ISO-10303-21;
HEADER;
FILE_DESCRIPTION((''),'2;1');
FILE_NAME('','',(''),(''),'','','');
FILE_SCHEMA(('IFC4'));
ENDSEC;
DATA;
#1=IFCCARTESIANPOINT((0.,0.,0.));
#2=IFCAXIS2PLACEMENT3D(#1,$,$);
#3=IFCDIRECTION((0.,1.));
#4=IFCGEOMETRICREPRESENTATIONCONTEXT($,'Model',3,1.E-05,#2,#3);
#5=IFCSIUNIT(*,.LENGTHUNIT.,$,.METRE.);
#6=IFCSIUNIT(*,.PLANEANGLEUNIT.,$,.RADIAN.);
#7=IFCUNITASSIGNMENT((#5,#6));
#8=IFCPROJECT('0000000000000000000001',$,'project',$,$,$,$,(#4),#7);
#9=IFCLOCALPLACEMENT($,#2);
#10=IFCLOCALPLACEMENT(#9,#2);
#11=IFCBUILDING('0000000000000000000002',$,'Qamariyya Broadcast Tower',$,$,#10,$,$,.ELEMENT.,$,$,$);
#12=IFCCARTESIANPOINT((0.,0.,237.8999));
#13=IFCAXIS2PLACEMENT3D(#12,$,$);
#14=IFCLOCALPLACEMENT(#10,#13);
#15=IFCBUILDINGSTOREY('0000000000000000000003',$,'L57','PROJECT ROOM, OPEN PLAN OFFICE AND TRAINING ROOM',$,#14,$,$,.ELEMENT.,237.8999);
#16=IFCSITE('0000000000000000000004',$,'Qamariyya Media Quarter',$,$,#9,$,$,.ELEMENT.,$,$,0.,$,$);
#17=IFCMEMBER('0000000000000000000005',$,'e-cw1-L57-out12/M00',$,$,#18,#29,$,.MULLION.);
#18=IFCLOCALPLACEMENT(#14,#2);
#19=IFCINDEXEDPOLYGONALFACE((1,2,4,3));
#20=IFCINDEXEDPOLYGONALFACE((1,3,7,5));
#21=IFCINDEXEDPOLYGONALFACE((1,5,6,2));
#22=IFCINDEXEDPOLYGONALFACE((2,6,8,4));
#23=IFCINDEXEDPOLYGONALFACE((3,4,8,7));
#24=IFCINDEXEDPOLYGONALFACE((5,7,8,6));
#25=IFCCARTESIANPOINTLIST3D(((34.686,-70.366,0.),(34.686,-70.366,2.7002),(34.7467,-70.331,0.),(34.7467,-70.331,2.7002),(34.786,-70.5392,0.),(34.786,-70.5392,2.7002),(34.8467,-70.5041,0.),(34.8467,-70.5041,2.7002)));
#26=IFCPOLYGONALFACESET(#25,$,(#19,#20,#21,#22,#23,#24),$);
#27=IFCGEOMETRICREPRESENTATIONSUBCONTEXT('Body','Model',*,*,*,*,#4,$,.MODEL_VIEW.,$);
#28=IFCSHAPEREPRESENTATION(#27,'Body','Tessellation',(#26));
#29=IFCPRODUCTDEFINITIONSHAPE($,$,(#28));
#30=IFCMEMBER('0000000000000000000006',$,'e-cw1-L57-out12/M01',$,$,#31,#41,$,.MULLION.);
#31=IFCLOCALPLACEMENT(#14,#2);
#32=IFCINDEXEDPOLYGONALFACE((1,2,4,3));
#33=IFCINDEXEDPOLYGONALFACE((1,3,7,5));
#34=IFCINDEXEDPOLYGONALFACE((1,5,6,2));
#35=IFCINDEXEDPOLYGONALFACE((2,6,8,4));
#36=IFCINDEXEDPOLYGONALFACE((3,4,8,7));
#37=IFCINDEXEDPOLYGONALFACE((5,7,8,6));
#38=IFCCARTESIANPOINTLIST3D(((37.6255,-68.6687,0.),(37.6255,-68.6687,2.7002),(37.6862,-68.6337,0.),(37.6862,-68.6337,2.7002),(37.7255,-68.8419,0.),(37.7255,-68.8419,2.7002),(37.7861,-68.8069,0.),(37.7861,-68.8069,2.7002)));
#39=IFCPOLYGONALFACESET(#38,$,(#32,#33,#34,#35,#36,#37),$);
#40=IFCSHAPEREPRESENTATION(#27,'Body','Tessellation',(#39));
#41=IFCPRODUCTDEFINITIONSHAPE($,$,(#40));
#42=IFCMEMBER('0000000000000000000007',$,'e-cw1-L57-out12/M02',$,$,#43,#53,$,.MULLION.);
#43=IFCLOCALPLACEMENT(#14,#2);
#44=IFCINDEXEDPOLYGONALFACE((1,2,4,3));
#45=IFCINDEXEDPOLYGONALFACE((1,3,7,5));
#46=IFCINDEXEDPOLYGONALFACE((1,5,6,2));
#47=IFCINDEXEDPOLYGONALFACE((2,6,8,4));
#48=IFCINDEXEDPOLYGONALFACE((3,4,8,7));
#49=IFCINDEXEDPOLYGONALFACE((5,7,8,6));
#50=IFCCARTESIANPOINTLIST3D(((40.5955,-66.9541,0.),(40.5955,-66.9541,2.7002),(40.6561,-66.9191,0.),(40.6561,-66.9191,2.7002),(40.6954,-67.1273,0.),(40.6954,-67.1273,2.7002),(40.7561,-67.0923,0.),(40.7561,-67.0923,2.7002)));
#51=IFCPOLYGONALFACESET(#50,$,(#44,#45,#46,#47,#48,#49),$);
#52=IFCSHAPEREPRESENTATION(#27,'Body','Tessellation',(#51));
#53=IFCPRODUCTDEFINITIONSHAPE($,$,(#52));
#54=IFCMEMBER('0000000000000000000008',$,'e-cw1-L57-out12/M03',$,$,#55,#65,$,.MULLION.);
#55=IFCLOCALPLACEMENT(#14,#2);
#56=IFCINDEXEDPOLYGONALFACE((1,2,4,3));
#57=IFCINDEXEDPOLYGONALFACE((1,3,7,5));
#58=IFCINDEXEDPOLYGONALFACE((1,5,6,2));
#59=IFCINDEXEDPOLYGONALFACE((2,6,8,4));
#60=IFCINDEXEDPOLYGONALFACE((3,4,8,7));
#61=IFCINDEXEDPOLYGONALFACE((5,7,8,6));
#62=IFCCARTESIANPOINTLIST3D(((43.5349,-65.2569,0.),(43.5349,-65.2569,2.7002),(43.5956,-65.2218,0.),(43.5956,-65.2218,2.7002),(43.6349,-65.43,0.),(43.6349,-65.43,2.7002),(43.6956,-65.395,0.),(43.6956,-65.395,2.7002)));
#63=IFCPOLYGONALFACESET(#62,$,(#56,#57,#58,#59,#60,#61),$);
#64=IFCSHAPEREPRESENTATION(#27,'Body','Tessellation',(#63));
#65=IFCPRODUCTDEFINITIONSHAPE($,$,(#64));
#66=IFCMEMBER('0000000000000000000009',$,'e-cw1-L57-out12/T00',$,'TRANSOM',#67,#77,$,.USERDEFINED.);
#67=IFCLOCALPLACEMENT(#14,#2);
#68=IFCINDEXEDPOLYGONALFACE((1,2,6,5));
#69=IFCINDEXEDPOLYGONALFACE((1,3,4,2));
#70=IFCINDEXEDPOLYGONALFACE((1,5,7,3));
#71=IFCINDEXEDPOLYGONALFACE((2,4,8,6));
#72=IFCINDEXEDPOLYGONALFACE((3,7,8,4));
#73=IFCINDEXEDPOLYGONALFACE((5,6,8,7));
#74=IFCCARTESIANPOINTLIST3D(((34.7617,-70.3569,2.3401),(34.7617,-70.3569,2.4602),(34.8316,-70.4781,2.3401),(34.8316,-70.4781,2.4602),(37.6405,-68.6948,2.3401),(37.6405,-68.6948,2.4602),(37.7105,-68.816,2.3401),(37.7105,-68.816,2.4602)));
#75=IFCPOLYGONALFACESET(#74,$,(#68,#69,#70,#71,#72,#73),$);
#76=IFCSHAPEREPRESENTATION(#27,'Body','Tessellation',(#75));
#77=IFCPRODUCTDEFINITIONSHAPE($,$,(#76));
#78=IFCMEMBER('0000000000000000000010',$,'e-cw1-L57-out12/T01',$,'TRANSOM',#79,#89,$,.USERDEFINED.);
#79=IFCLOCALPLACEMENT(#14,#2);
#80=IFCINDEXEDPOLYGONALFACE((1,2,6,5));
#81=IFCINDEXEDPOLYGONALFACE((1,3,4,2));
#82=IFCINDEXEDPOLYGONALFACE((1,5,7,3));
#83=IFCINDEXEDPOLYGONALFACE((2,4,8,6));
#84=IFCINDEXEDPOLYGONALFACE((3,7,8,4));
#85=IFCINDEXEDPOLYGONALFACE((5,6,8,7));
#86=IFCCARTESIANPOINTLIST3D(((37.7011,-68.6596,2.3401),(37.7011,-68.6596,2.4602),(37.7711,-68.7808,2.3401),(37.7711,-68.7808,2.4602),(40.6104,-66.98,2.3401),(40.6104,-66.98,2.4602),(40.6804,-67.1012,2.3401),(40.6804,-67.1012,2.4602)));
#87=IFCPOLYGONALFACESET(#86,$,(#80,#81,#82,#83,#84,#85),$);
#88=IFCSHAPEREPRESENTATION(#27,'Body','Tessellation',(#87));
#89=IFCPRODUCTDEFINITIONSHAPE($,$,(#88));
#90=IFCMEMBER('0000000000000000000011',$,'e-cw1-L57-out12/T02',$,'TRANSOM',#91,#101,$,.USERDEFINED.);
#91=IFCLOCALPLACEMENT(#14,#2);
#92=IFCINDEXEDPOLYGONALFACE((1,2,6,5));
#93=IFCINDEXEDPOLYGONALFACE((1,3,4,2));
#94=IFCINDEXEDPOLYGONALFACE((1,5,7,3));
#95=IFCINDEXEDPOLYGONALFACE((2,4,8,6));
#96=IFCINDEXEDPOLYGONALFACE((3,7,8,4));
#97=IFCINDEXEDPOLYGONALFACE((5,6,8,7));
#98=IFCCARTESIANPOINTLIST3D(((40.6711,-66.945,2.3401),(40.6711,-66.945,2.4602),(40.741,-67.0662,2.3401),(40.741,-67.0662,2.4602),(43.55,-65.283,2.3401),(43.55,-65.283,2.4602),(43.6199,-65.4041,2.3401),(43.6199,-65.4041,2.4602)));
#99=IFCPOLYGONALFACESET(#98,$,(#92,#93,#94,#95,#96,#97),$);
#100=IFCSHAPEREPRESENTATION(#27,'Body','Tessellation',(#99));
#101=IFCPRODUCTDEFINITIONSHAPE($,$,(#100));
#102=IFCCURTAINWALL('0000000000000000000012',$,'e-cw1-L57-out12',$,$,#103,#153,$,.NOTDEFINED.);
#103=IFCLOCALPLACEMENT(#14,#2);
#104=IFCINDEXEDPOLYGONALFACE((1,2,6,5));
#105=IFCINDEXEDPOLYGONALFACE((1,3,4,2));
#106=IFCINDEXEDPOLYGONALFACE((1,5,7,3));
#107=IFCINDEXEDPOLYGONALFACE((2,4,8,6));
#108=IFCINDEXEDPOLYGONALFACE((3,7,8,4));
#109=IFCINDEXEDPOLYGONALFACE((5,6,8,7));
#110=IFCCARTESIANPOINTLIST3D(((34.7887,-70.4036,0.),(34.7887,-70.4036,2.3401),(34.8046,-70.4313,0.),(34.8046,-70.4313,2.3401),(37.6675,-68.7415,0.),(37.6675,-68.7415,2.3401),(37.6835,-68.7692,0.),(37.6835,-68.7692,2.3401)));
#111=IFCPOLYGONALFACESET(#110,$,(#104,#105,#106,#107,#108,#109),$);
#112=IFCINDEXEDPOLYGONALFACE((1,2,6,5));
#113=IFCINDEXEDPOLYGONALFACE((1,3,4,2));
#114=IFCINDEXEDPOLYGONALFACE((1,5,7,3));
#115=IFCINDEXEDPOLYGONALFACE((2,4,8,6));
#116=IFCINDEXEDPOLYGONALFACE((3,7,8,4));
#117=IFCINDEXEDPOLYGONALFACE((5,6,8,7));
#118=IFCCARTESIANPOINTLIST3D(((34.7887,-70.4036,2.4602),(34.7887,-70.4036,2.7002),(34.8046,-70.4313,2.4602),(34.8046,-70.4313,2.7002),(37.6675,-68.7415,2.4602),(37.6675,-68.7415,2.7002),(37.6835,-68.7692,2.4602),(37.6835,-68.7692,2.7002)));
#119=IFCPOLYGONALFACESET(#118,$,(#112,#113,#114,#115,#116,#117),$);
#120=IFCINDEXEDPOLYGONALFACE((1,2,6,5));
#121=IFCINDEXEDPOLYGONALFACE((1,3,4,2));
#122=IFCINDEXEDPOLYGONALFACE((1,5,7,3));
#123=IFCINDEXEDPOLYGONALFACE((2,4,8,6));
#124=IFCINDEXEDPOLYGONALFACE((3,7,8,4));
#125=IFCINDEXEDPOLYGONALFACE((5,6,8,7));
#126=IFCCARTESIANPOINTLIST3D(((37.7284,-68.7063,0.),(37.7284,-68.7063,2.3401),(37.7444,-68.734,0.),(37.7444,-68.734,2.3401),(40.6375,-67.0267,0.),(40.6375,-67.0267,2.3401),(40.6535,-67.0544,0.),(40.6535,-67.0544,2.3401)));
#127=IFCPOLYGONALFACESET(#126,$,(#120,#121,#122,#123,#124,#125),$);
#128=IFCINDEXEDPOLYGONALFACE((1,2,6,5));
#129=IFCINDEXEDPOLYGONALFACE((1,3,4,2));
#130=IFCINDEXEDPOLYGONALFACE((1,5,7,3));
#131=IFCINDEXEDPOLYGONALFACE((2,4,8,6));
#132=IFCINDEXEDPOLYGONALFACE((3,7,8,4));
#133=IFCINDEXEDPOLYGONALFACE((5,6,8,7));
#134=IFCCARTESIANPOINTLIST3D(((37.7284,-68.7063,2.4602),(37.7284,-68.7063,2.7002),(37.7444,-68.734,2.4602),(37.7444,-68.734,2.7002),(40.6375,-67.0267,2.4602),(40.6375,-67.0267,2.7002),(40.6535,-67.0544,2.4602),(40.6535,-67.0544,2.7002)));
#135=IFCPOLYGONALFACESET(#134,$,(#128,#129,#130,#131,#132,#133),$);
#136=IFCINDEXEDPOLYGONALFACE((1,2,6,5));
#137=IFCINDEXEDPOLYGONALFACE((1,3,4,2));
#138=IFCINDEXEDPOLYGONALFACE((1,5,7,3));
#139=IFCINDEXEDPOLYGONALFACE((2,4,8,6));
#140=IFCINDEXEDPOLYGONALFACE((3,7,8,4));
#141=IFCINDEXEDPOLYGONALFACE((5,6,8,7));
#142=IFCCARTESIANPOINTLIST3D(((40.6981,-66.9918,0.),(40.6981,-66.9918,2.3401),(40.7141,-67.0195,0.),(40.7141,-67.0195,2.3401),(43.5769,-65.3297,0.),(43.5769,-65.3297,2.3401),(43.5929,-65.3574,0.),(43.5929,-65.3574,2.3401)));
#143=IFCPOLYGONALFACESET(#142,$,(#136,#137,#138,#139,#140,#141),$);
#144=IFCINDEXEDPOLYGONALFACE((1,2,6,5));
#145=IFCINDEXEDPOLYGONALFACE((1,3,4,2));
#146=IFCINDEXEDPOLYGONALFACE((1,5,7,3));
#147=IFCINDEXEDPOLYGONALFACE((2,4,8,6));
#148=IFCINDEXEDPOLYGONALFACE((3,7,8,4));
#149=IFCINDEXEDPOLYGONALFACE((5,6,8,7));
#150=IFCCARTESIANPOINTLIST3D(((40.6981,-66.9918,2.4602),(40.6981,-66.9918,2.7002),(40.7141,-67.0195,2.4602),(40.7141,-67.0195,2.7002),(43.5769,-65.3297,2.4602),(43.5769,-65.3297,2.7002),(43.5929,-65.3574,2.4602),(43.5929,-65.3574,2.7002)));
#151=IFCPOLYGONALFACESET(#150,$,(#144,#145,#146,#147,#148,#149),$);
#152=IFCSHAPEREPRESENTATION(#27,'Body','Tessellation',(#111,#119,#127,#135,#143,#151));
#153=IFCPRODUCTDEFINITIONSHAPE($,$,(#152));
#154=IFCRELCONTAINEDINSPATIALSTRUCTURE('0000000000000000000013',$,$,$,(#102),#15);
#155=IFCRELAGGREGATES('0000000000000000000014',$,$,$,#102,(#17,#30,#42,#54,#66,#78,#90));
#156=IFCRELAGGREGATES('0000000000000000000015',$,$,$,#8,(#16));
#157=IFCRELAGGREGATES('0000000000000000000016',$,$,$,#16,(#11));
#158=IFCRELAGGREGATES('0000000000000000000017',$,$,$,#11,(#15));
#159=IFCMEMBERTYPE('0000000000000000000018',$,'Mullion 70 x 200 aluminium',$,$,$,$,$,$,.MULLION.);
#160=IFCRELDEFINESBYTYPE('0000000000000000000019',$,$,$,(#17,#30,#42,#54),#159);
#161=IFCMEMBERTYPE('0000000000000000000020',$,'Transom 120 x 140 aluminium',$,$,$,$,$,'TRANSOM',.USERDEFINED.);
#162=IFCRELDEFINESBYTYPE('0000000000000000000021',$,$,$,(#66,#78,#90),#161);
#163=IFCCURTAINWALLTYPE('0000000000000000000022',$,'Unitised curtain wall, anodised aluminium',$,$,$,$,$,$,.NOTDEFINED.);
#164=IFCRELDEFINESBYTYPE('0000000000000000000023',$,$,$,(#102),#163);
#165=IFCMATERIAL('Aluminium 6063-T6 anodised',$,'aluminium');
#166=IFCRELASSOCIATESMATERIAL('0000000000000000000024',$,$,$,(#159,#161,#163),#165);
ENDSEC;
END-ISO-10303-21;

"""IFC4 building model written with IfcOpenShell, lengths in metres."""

from ifc_helpers import new_model, si_unit, direction, frame, origin, origin_2d, place, context, subcontext, project, spatial, rectangle, extrude, material, material_profile, profile_set, type_object, element, aggregate, save


model = new_model("IFC4")

# Units and contexts
model_context = context("Model", 3, precision=1e-05, world=origin(), true_north=direction((0.0, 1.0)))
body_context = subcontext(model_context, "Body", "Model", "MODEL_VIEW")
ifc_project = project(units=[si_unit("LENGTHUNIT", "METRE"), si_unit("PLANEANGLEUNIT", "RADIAN")], contexts=[model_context])

# Members
ifc_material = material(Name="Aluminium 6063-T6 anodised", Category="aluminium")
ifc_material_profile_1 = material_profile(ifc_material, rectangle(XDim=0.2, YDim=0.0701, at=origin_2d()))
ifc_profile_set_1 = profile_set([ifc_material_profile_1], Name="Aluminium 6063-T6 anodised")
member_type_1 = type_object("IfcMemberType", Name="Mullion 70 x 200 aluminium", PredefinedType="MULLION", material=ifc_profile_set_1)
site_placement = place(None, origin())
building_placement = place(site_placement, origin())
storey_placement = place(building_placement, frame((0.0, 0.0, 237.8999)))
member_1_placement = place(storey_placement, frame((34.7664, -70.4351, 0.0), z_axis=(0.0, 0.0, 1.0), x_axis=(-0.5, 0.866025, 0.0)))
member_1 = element("IfcMember", 1, at=member_1_placement, type_object=member_type_1, Name="e-cw1-L57-out12/M00", PredefinedType="MULLION", context=body_context, shape_type="SweptSolid", body=[
    extrude(rectangle(XDim=0.2, YDim=0.0701, at=origin_2d()), origin(), (0.0, 0.0, 1.0), 2.7002),
])
member_2_placement = place(storey_placement, frame((37.7058, -68.7378, 0.0), z_axis=(0.0, 0.0, 1.0), x_axis=(-0.5, 0.866025, 0.0)))
member_2 = element("IfcMember", 2, at=member_2_placement, type_object=member_type_1, Name="e-cw1-L57-out12/M01", PredefinedType="MULLION", context=body_context, shape_type="SweptSolid", body=[
    extrude(rectangle(XDim=0.2, YDim=0.0701, at=origin_2d()), origin(), (0.0, 0.0, 1.0), 2.7002),
])
member_3_placement = place(storey_placement, frame((40.6758, -67.0232, 0.0), z_axis=(0.0, 0.0, 1.0), x_axis=(-0.5, 0.866025, 0.0)))
member_3 = element("IfcMember", 3, at=member_3_placement, type_object=member_type_1, Name="e-cw1-L57-out12/M02", PredefinedType="MULLION", context=body_context, shape_type="SweptSolid", body=[
    extrude(rectangle(XDim=0.2, YDim=0.0701, at=origin_2d()), origin(), (0.0, 0.0, 1.0), 2.7002),
])
member_4_placement = place(storey_placement, frame((43.6152, -65.3259, 0.0), z_axis=(0.0, 0.0, 1.0), x_axis=(-0.5, 0.866025, 0.0)))
member_4 = element("IfcMember", 4, at=member_4_placement, type_object=member_type_1, Name="e-cw1-L57-out12/M03", PredefinedType="MULLION", context=body_context, shape_type="SweptSolid", body=[
    extrude(rectangle(XDim=0.2, YDim=0.0701, at=origin_2d()), origin(), (0.0, 0.0, 1.0), 2.7002),
])
ifc_material_profile_2 = material_profile(ifc_material, rectangle(XDim=0.1399, YDim=0.1201, at=origin_2d()))
ifc_profile_set_2 = profile_set([ifc_material_profile_2], Name="Aluminium 6063-T6 anodised")
member_type_2 = type_object("IfcMemberType", Name="Transom 120 x 140 aluminium", ElementType="TRANSOM", PredefinedType="USERDEFINED", material=ifc_profile_set_2)
member_5_placement = place(storey_placement, frame((34.7966, -70.4175, 2.4001), z_axis=(0.866029, 0.499994, 0.0), x_axis=(-0.499994, 0.866029, 0.0)))
member_5 = element("IfcMember", 5, at=member_5_placement, type_object=member_type_2, Name="e-cw1-L57-out12/T00", ObjectType="TRANSOM", PredefinedType="USERDEFINED", context=body_context, shape_type="SweptSolid", body=[
    extrude(rectangle(XDim=0.1399, YDim=0.1201, at=origin_2d()), origin(), (0.0, 0.0, 1.0), 3.3242),
])
member_6_placement = place(storey_placement, frame((37.7361, -68.7202, 2.4001), z_axis=(0.866034, 0.499985, 0.0), x_axis=(-0.499985, 0.866034, 0.0)))
member_6 = element("IfcMember", 6, at=member_6_placement, type_object=member_type_2, Name="e-cw1-L57-out12/T01", ObjectType="TRANSOM", PredefinedType="USERDEFINED", context=body_context, shape_type="SweptSolid", body=[
    extrude(rectangle(XDim=0.1399, YDim=0.1201, at=origin_2d()), origin(), (0.0, 0.0, 1.0), 3.3594),
])
member_7_placement = place(storey_placement, frame((40.7061, -67.0056, 2.4001), z_axis=(0.866029, 0.499994, 0.0), x_axis=(-0.499994, 0.866029, 0.0)))
member_7 = element("IfcMember", 7, at=member_7_placement, type_object=member_type_2, Name="e-cw1-L57-out12/T02", ObjectType="TRANSOM", PredefinedType="USERDEFINED", context=body_context, shape_type="SweptSolid", body=[
    extrude(rectangle(XDim=0.1399, YDim=0.1201, at=origin_2d()), origin(), (0.0, 0.0, 1.0), 3.3242),
])

# Site, building, storey
site = spatial("IfcSite", under=ifc_project, at=site_placement, Name="Qamariyya Media Quarter", CompositionType="ELEMENT", RefElevation=0.0)
building = spatial("IfcBuilding", under=site, at=building_placement, Name="Qamariyya Broadcast Tower", CompositionType="ELEMENT")
storey = spatial("IfcBuildingStorey", under=building, at=storey_placement, Name="L57", Description="PROJECT ROOM, OPEN PLAN OFFICE AND TRAINING ROOM", CompositionType="ELEMENT", Elevation=237.8999)

# Curtain wall
curtain_wall_type = type_object("IfcCurtainWallType", Name="Unitised curtain wall, anodised aluminium", PredefinedType="NOTDEFINED", material=ifc_material)
curtain_wall_1_placement = place(storey_placement, origin())
curtain_wall_1 = element("IfcCurtainWall", 8, at=curtain_wall_1_placement, inside=storey, type_object=curtain_wall_type, Name="e-cw1-L57-out12", PredefinedType="NOTDEFINED", context=body_context, shape_type="SweptSolid", body=[
    extrude(rectangle(XDim=3.3242, YDim=0.032, at=origin_2d()), frame((36.2361, -69.5864, 0.0), x_axis=(0.866028, 0.499996, 0.0)), (0.0, 0.0, 1.0), 2.3401),
    extrude(rectangle(XDim=3.3242, YDim=0.032, at=origin_2d()), frame((36.2361, -69.5864, 2.4602), x_axis=(0.866028, 0.499996, 0.0)), (0.0, 0.0, 1.0), 0.24),
    extrude(rectangle(XDim=3.3591, YDim=0.032, at=origin_2d()), frame((39.1909, -67.8804, 0.0), x_axis=(0.866028, 0.499996, 0.0)), (0.0, 0.0, 1.0), 2.3401),
    extrude(rectangle(XDim=3.3591, YDim=0.032, at=origin_2d()), frame((39.1909, -67.8804, 2.4602), x_axis=(0.866028, 0.499996, 0.0)), (0.0, 0.0, 1.0), 0.24),
    extrude(rectangle(XDim=3.3242, YDim=0.032, at=origin_2d()), frame((42.1455, -66.1746, 0.0), x_axis=(0.866028, 0.499996, 0.0)), (0.0, 0.0, 1.0), 2.3401),
    extrude(rectangle(XDim=3.3242, YDim=0.032, at=origin_2d()), frame((42.1455, -66.1746, 2.4602), x_axis=(0.866028, 0.499996, 0.0)), (0.0, 0.0, 1.0), 0.24),
])
aggregate(curtain_wall_1, [member_1, member_2, member_3, member_4, member_5, member_6, member_7])

save(model, "model.ifc")
